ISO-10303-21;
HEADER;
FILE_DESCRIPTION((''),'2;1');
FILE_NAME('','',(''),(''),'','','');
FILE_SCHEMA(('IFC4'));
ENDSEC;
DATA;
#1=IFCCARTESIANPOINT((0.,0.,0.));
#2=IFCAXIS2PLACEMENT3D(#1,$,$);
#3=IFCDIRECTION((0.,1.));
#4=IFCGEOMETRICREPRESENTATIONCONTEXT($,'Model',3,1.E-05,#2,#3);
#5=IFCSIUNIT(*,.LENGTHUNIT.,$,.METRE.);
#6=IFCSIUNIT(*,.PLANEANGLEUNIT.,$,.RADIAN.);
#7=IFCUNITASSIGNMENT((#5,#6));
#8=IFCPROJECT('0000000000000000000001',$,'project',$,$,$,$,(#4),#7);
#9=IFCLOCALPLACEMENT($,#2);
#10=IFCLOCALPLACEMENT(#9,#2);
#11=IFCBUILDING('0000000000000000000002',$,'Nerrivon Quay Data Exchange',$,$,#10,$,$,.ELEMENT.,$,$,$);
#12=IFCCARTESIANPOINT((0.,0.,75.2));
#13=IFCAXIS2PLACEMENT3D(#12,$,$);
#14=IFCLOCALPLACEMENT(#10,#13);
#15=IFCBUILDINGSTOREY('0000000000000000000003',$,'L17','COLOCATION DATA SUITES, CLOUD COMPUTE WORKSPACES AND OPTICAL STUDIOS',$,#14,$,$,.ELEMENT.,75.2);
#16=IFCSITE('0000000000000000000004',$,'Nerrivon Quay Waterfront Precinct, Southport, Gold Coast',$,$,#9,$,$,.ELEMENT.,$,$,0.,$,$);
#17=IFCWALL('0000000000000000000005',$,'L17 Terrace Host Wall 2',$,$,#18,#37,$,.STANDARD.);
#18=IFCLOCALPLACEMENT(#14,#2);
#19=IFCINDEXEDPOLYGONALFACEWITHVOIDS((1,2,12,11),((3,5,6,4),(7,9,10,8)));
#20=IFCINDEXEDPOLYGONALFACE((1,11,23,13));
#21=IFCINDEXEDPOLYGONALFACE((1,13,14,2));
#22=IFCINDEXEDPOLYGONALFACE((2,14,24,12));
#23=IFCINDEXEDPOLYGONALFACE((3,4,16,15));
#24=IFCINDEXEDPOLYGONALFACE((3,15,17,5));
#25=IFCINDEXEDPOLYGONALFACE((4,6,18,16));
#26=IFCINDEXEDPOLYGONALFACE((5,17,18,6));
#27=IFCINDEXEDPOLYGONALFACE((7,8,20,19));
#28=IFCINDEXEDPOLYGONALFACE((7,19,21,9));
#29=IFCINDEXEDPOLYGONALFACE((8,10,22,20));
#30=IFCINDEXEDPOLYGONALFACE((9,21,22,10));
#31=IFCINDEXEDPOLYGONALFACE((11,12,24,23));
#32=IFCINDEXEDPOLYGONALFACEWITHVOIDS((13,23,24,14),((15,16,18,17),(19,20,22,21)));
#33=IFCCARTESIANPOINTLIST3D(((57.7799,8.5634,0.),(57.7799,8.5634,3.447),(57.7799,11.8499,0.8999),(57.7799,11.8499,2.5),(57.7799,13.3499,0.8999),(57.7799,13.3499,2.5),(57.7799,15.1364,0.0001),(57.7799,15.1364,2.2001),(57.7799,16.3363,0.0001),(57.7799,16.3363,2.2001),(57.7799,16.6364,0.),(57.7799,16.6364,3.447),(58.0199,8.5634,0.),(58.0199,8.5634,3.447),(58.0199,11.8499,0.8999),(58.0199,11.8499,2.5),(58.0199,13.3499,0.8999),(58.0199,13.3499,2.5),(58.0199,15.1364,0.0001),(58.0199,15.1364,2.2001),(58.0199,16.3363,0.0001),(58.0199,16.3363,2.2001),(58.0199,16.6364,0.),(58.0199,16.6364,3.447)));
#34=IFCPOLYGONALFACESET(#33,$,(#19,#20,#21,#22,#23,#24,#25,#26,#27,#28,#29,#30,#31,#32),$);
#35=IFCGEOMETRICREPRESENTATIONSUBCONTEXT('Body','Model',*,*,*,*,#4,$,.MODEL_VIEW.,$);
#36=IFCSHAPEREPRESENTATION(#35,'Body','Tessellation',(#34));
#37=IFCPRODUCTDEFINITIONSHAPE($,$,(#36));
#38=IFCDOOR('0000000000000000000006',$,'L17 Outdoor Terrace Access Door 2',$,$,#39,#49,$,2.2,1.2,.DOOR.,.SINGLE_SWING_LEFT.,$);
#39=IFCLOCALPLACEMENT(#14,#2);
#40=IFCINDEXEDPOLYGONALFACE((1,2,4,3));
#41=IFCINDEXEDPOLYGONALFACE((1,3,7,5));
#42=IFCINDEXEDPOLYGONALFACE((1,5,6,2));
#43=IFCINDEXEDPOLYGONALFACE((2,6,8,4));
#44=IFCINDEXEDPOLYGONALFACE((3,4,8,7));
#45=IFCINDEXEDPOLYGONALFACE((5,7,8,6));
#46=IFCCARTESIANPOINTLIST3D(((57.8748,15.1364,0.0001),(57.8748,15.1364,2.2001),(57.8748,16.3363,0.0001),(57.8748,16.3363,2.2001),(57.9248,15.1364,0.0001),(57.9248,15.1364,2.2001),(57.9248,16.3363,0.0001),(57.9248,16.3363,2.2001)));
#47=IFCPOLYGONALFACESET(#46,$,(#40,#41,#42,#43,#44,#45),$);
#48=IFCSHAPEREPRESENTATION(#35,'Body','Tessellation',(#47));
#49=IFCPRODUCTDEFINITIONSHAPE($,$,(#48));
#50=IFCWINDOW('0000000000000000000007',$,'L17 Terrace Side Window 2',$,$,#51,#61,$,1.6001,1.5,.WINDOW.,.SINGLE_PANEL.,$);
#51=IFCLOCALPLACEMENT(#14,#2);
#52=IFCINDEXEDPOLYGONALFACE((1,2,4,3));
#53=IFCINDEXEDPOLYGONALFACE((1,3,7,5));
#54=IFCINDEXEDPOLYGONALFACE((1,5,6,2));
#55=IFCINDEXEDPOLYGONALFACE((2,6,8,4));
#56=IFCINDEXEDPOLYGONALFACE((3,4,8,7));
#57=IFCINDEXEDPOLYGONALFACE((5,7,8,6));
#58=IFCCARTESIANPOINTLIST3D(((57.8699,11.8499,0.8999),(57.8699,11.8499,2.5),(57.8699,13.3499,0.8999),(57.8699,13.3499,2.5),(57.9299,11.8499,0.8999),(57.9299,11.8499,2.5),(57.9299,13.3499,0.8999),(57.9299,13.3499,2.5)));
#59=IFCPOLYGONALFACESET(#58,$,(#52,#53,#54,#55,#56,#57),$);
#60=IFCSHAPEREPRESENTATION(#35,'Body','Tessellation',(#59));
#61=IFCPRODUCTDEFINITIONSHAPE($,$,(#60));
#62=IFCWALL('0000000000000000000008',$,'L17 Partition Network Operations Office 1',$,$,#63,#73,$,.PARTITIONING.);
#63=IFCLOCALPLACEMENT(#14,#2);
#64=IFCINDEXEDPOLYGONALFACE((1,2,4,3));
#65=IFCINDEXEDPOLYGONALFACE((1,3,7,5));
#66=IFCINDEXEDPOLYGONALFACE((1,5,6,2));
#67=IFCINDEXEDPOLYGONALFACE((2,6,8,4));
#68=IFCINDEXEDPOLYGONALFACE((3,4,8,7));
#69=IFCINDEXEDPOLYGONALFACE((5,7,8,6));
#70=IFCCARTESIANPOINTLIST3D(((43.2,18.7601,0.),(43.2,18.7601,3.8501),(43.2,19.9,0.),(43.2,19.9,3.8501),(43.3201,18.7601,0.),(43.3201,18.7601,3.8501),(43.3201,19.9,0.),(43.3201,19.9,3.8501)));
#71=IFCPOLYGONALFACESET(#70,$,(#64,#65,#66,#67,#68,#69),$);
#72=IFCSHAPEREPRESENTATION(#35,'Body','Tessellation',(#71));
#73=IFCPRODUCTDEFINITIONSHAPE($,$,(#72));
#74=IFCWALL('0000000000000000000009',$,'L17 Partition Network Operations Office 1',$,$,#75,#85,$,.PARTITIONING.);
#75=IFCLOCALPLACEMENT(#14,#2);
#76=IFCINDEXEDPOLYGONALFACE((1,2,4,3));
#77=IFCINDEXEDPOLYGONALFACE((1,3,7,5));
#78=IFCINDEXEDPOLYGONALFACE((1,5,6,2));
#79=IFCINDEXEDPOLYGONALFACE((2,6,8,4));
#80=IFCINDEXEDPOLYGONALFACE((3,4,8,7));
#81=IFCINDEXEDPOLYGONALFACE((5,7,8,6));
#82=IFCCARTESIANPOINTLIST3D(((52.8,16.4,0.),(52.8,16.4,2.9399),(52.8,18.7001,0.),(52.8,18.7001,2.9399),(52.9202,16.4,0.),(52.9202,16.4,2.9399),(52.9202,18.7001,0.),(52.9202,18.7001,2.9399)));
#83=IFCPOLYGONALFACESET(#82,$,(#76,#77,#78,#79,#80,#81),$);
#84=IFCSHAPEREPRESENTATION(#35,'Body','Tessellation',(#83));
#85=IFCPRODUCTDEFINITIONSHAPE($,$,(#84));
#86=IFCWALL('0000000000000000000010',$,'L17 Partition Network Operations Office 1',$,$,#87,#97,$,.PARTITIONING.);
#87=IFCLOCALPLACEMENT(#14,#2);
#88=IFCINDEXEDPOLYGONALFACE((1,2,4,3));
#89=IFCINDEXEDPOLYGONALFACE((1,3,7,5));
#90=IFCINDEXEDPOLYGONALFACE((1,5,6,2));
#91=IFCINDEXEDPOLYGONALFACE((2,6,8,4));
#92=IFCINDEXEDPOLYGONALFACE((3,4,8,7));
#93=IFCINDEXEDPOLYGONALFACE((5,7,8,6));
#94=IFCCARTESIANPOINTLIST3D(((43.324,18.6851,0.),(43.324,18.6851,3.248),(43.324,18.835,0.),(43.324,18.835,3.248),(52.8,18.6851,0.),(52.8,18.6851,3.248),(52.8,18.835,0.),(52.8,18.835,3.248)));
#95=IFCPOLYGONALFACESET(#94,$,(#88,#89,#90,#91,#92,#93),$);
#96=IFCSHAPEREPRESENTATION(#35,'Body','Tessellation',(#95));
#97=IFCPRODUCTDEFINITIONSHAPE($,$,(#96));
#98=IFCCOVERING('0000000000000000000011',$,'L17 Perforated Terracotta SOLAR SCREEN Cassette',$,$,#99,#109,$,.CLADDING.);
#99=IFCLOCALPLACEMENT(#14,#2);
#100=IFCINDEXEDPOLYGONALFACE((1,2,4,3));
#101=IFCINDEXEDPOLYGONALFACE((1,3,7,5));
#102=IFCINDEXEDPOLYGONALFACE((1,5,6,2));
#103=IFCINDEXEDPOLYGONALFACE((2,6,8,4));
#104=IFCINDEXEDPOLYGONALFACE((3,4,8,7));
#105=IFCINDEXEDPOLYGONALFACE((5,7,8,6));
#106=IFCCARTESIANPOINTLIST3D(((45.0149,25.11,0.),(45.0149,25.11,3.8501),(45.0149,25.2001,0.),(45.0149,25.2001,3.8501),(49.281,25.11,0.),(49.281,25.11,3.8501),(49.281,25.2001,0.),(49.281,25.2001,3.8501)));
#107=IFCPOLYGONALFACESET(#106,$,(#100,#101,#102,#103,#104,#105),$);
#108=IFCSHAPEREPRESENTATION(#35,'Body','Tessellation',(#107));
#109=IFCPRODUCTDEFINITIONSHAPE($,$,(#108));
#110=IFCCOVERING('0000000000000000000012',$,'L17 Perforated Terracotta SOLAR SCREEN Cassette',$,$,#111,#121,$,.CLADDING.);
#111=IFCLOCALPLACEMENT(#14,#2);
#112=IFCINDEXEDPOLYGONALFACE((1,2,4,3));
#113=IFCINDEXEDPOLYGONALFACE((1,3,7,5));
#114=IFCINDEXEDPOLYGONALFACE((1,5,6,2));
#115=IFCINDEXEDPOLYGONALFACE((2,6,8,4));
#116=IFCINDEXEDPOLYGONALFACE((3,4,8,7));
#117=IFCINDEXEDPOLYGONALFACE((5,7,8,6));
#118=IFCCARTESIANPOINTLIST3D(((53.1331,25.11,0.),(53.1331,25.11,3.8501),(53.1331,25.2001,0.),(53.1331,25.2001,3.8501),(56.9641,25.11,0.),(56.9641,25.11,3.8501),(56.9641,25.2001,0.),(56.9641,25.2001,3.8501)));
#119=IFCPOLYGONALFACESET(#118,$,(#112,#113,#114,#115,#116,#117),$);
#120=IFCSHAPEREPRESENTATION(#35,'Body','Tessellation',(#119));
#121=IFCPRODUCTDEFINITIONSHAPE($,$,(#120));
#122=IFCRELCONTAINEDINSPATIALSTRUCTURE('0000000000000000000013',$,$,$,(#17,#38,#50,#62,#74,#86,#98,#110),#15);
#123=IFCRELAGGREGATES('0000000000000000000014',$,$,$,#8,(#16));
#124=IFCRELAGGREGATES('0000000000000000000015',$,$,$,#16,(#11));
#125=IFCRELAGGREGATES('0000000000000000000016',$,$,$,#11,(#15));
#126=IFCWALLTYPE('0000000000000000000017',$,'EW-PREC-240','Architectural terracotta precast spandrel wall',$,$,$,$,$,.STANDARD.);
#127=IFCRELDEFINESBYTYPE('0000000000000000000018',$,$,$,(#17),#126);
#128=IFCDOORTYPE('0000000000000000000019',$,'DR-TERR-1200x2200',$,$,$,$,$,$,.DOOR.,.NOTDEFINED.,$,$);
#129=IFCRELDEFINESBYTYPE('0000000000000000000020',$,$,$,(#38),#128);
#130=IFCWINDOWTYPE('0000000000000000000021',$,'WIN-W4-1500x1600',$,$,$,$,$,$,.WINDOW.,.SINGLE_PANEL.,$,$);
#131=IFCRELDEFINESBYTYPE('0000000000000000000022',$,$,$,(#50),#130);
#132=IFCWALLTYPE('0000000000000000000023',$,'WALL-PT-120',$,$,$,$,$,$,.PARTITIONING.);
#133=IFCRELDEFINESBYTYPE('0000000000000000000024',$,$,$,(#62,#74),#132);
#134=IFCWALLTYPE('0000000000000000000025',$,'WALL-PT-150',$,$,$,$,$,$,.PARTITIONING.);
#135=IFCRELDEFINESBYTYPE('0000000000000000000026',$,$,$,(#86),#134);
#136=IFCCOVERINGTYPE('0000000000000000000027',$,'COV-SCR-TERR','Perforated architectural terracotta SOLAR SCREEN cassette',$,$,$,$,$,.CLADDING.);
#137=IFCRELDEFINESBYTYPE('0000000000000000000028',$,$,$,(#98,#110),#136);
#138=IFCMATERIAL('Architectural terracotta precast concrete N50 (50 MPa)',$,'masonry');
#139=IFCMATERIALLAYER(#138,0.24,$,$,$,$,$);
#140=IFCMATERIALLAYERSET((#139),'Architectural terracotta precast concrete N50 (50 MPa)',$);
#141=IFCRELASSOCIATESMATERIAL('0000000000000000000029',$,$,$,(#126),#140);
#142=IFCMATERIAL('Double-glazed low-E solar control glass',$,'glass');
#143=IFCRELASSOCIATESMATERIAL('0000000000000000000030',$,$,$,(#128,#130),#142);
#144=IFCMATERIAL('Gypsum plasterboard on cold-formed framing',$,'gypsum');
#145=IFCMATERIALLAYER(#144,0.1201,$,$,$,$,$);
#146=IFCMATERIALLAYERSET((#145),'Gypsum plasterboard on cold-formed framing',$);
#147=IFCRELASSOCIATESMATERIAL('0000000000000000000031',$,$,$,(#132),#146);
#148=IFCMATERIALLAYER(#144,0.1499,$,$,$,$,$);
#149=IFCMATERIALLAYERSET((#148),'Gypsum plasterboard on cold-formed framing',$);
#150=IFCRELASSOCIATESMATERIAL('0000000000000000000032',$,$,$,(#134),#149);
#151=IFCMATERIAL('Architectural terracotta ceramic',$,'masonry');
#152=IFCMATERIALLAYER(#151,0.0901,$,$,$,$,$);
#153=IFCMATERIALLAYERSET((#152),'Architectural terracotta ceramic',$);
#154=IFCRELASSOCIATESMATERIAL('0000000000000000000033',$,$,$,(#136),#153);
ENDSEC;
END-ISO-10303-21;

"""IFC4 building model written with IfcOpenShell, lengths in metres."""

from ifc_helpers import new_model, si_unit, direction, frame, frame_2d, origin, origin_2d, place, context, subcontext, project, spatial, rectangle, extrude, material, layer, layer_set, type_object, element, fill, save


model = new_model("IFC4")

# Units and contexts
model_context = context("Model", 3, precision=1e-05, world=origin(), true_north=direction((0.0, 1.0)))
body_context = subcontext(model_context, "Body", "Model", "MODEL_VIEW")
ifc_project = project(units=[si_unit("LENGTHUNIT", "METRE"), si_unit("PLANEANGLEUNIT", "RADIAN")], contexts=[model_context])

# Site, building, storey
site_placement = place(None, origin())
site = spatial("IfcSite", under=ifc_project, at=site_placement, Name="Nerrivon Quay Waterfront Precinct, Southport, Gold Coast", CompositionType="ELEMENT", RefElevation=0.0)
building_placement = place(site_placement, origin())
building = spatial("IfcBuilding", under=site, at=building_placement, Name="Nerrivon Quay Data Exchange", CompositionType="ELEMENT")
storey_placement = place(building_placement, frame((0.0, 0.0, 75.2)))
storey = spatial("IfcBuildingStorey", under=building, at=storey_placement, Name="L17", Description="COLOCATION DATA SUITES, CLOUD COMPUTE WORKSPACES AND OPTICAL STUDIOS", CompositionType="ELEMENT", Elevation=75.2)

# Shared definitions
ifc_material_1 = material(Name="Double-glazed low-E solar control glass", Category="glass")

# Wall, openings, door, window
ifc_material_2 = material(Name="Architectural terracotta precast concrete N50 (50 MPa)", Category="masonry")
ifc_layer_1 = layer(ifc_material_2, 0.24)
ifc_layer_set_1 = layer_set([ifc_layer_1], Name="Architectural terracotta precast concrete N50 (50 MPa)")
wall_type_1 = type_object("IfcWallType", Name="EW-PREC-240", Description="Architectural terracotta precast spandrel wall", PredefinedType="STANDARD", material=ifc_layer_set_1)
door_type = type_object("IfcDoorType", Name="DR-TERR-1200x2200", OperationType="NOTDEFINED", PredefinedType="DOOR", material=ifc_material_1)
wall_1_placement = place(storey_placement, frame((57.8999, 16.6365, 0.0), z_axis=(0.0, 0.0, 1.0), x_axis=(0.0, -1.0, 0.0)))
wall_1 = element("IfcWall", 1, at=wall_1_placement, inside=storey, type_object=wall_type_1, Name="L17 Terrace Host Wall 2", PredefinedType="STANDARD", context=body_context, shape_type="SweptSolid", body=[
    extrude(rectangle(XDim=8.073, YDim=0.24, at=frame_2d((4.0366, 0.0))), origin(), (0.0, 0.0, 1.0), 3.447),
])
opening_1_placement = place(wall_1_placement, frame((0.3, 0.0, 0.0)))
opening_1 = element("IfcOpeningElement", 2, at=opening_1_placement, cuts=wall_1, PredefinedType="OPENING", context=body_context, shape_type="SweptSolid", body=[
    extrude(rectangle(XDim=1.2, YDim=2.2, at=frame_2d((0.6001, 1.1001))), frame((0.0, 0.1299, 0.0), z_axis=(0.0, -1.0, 0.0), x_axis=(1.0, 0.0, 0.0)), (0.0, 0.0, 1.0), 0.26),
])
opening_2_placement = place(wall_1_placement, frame((3.2866, 0.0, 0.8999)))
opening_2 = element("IfcOpeningElement", 3, at=opening_2_placement, cuts=wall_1, PredefinedType="OPENING", context=body_context, shape_type="SweptSolid", body=[
    extrude(rectangle(XDim=1.5, YDim=1.6001, at=frame_2d((0.75, 0.8))), frame((0.0, 0.1299, 0.0), z_axis=(0.0, -1.0, 0.0), x_axis=(1.0, 0.0, 0.0)), (0.0, 0.0, 1.0), 0.26),
])
door_1_placement = place(opening_1_placement, origin())
door_1 = element("IfcDoor", 4, at=door_1_placement, inside=storey, type_object=door_type, Name="L17 Outdoor Terrace Access Door 2", OperationType="SINGLE_SWING_LEFT", OverallHeight=2.2, OverallWidth=1.2, PredefinedType="DOOR", context=body_context, shape_type="SweptSolid", body=[
    extrude(rectangle(XDim=1.2, YDim=2.2, at=frame_2d((0.6001, 1.1001))), frame((0.0, 0.0249, 0.0), z_axis=(0.0, -1.0, 0.0), x_axis=(1.0, 0.0, 0.0)), (0.0, 0.0, 1.0), 0.05),
])
fill(opening_1, door_1)
window_type_1 = type_object("IfcWindowType", Name="WIN-W4-1500x1600", PartitioningType="SINGLE_PANEL", PredefinedType="WINDOW", material=ifc_material_1)
window_1_placement = place(opening_2_placement, origin())
window_1 = element("IfcWindow", 5, at=window_1_placement, inside=storey, type_object=window_type_1, Name="L17 Terrace Side Window 2", OverallHeight=1.6001, OverallWidth=1.5, PartitioningType="SINGLE_PANEL", PredefinedType="WINDOW", context=body_context, shape_type="SweptSolid", body=[
    extrude(rectangle(XDim=1.5, YDim=1.6001, at=frame_2d((0.75, 0.8))), frame((0.0, 0.03, 0.0), z_axis=(0.0, -1.0, 0.0), x_axis=(1.0, 0.0, 0.0)), (0.0, 0.0, 1.0), 0.0601),
])
fill(opening_2, window_1)

# Walls
ifc_material_3 = material(Name="Gypsum plasterboard on cold-formed framing", Category="gypsum")
ifc_layer_2 = layer(ifc_material_3, 0.1201)
ifc_layer_set_2 = layer_set([ifc_layer_2], Name="Gypsum plasterboard on cold-formed framing")
wall_type_2 = type_object("IfcWallType", Name="WALL-PT-120", PredefinedType="PARTITIONING", material=ifc_layer_set_2)
wall_2_placement = place(storey_placement, frame((43.26, 19.8999, 0.0), z_axis=(0.0, 0.0, 1.0), x_axis=(0.0, -1.0, 0.0)))
element("IfcWall", 6, at=wall_2_placement, inside=storey, type_object=wall_type_2, Name="L17 Partition Network Operations Office 1", PredefinedType="PARTITIONING", context=body_context, shape_type="SweptSolid", body=[
    extrude(rectangle(XDim=1.1399, YDim=0.1201, at=frame_2d((0.5698, 0.0))), origin(), (0.0, 0.0, 1.0), 3.8501),
])
wall_3_placement = place(storey_placement, frame((52.8601, 18.7, 0.0), z_axis=(0.0, 0.0, 1.0), x_axis=(0.0, -1.0, 0.0)))
element("IfcWall", 7, at=wall_3_placement, inside=storey, type_object=wall_type_2, Name="L17 Partition Network Operations Office 1", PredefinedType="PARTITIONING", context=body_context, shape_type="SweptSolid", body=[
    extrude(rectangle(XDim=2.3, YDim=0.1201, at=frame_2d((1.1499, 0.0))), origin(), (0.0, 0.0, 1.0), 2.9399),
])
ifc_layer_3 = layer(ifc_material_3, 0.1499)
ifc_layer_set_3 = layer_set([ifc_layer_3], Name="Gypsum plasterboard on cold-formed framing")
wall_type_3 = type_object("IfcWallType", Name="WALL-PT-150", PredefinedType="PARTITIONING", material=ifc_layer_set_3)
wall_4_placement = place(storey_placement, frame((43.324, 18.76, 0.0), z_axis=(0.0, 0.0, 1.0), x_axis=(1.0, 0.0, 0.0)))
element("IfcWall", 8, at=wall_4_placement, inside=storey, type_object=wall_type_3, Name="L17 Partition Network Operations Office 1", PredefinedType="PARTITIONING", context=body_context, shape_type="SweptSolid", body=[
    extrude(rectangle(XDim=9.4761, YDim=0.1499, at=frame_2d((4.738, 0.0))), origin(), (0.0, 0.0, 1.0), 3.248),
])

# Coverings
ifc_material_4 = material(Name="Architectural terracotta ceramic", Category="masonry")
ifc_layer_4 = layer(ifc_material_4, 0.0901)
ifc_layer_set_4 = layer_set([ifc_layer_4], Name="Architectural terracotta ceramic")
covering_type = type_object("IfcCoveringType", Name="COV-SCR-TERR", Description="Perforated architectural terracotta SOLAR SCREEN cassette", PredefinedType="CLADDING", material=ifc_layer_set_4)
covering_1_placement = place(storey_placement, frame((47.1479, 25.155, 0.0), z_axis=(0.0, 0.0, 1.0), x_axis=(1.0, 0.0, 0.0)))
element("IfcCovering", 9, at=covering_1_placement, inside=storey, type_object=covering_type, Name="L17 Perforated Terracotta SOLAR SCREEN Cassette", PredefinedType="CLADDING", context=body_context, shape_type="SweptSolid", body=[
    extrude(rectangle(XDim=4.2661, YDim=0.0901, at=origin_2d()), origin(), (0.0, 0.0, 1.0), 3.8501),
])
covering_2_placement = place(storey_placement, frame((55.0486, 25.155, 0.0), z_axis=(0.0, 0.0, 1.0), x_axis=(1.0, 0.0, 0.0)))
element("IfcCovering", 10, at=covering_2_placement, inside=storey, type_object=covering_type, Name="L17 Perforated Terracotta SOLAR SCREEN Cassette", PredefinedType="CLADDING", context=body_context, shape_type="SweptSolid", body=[
    extrude(rectangle(XDim=3.8311, YDim=0.0901, at=origin_2d()), origin(), (0.0, 0.0, 1.0), 3.8501),
])

save(model, "model.ifc")
